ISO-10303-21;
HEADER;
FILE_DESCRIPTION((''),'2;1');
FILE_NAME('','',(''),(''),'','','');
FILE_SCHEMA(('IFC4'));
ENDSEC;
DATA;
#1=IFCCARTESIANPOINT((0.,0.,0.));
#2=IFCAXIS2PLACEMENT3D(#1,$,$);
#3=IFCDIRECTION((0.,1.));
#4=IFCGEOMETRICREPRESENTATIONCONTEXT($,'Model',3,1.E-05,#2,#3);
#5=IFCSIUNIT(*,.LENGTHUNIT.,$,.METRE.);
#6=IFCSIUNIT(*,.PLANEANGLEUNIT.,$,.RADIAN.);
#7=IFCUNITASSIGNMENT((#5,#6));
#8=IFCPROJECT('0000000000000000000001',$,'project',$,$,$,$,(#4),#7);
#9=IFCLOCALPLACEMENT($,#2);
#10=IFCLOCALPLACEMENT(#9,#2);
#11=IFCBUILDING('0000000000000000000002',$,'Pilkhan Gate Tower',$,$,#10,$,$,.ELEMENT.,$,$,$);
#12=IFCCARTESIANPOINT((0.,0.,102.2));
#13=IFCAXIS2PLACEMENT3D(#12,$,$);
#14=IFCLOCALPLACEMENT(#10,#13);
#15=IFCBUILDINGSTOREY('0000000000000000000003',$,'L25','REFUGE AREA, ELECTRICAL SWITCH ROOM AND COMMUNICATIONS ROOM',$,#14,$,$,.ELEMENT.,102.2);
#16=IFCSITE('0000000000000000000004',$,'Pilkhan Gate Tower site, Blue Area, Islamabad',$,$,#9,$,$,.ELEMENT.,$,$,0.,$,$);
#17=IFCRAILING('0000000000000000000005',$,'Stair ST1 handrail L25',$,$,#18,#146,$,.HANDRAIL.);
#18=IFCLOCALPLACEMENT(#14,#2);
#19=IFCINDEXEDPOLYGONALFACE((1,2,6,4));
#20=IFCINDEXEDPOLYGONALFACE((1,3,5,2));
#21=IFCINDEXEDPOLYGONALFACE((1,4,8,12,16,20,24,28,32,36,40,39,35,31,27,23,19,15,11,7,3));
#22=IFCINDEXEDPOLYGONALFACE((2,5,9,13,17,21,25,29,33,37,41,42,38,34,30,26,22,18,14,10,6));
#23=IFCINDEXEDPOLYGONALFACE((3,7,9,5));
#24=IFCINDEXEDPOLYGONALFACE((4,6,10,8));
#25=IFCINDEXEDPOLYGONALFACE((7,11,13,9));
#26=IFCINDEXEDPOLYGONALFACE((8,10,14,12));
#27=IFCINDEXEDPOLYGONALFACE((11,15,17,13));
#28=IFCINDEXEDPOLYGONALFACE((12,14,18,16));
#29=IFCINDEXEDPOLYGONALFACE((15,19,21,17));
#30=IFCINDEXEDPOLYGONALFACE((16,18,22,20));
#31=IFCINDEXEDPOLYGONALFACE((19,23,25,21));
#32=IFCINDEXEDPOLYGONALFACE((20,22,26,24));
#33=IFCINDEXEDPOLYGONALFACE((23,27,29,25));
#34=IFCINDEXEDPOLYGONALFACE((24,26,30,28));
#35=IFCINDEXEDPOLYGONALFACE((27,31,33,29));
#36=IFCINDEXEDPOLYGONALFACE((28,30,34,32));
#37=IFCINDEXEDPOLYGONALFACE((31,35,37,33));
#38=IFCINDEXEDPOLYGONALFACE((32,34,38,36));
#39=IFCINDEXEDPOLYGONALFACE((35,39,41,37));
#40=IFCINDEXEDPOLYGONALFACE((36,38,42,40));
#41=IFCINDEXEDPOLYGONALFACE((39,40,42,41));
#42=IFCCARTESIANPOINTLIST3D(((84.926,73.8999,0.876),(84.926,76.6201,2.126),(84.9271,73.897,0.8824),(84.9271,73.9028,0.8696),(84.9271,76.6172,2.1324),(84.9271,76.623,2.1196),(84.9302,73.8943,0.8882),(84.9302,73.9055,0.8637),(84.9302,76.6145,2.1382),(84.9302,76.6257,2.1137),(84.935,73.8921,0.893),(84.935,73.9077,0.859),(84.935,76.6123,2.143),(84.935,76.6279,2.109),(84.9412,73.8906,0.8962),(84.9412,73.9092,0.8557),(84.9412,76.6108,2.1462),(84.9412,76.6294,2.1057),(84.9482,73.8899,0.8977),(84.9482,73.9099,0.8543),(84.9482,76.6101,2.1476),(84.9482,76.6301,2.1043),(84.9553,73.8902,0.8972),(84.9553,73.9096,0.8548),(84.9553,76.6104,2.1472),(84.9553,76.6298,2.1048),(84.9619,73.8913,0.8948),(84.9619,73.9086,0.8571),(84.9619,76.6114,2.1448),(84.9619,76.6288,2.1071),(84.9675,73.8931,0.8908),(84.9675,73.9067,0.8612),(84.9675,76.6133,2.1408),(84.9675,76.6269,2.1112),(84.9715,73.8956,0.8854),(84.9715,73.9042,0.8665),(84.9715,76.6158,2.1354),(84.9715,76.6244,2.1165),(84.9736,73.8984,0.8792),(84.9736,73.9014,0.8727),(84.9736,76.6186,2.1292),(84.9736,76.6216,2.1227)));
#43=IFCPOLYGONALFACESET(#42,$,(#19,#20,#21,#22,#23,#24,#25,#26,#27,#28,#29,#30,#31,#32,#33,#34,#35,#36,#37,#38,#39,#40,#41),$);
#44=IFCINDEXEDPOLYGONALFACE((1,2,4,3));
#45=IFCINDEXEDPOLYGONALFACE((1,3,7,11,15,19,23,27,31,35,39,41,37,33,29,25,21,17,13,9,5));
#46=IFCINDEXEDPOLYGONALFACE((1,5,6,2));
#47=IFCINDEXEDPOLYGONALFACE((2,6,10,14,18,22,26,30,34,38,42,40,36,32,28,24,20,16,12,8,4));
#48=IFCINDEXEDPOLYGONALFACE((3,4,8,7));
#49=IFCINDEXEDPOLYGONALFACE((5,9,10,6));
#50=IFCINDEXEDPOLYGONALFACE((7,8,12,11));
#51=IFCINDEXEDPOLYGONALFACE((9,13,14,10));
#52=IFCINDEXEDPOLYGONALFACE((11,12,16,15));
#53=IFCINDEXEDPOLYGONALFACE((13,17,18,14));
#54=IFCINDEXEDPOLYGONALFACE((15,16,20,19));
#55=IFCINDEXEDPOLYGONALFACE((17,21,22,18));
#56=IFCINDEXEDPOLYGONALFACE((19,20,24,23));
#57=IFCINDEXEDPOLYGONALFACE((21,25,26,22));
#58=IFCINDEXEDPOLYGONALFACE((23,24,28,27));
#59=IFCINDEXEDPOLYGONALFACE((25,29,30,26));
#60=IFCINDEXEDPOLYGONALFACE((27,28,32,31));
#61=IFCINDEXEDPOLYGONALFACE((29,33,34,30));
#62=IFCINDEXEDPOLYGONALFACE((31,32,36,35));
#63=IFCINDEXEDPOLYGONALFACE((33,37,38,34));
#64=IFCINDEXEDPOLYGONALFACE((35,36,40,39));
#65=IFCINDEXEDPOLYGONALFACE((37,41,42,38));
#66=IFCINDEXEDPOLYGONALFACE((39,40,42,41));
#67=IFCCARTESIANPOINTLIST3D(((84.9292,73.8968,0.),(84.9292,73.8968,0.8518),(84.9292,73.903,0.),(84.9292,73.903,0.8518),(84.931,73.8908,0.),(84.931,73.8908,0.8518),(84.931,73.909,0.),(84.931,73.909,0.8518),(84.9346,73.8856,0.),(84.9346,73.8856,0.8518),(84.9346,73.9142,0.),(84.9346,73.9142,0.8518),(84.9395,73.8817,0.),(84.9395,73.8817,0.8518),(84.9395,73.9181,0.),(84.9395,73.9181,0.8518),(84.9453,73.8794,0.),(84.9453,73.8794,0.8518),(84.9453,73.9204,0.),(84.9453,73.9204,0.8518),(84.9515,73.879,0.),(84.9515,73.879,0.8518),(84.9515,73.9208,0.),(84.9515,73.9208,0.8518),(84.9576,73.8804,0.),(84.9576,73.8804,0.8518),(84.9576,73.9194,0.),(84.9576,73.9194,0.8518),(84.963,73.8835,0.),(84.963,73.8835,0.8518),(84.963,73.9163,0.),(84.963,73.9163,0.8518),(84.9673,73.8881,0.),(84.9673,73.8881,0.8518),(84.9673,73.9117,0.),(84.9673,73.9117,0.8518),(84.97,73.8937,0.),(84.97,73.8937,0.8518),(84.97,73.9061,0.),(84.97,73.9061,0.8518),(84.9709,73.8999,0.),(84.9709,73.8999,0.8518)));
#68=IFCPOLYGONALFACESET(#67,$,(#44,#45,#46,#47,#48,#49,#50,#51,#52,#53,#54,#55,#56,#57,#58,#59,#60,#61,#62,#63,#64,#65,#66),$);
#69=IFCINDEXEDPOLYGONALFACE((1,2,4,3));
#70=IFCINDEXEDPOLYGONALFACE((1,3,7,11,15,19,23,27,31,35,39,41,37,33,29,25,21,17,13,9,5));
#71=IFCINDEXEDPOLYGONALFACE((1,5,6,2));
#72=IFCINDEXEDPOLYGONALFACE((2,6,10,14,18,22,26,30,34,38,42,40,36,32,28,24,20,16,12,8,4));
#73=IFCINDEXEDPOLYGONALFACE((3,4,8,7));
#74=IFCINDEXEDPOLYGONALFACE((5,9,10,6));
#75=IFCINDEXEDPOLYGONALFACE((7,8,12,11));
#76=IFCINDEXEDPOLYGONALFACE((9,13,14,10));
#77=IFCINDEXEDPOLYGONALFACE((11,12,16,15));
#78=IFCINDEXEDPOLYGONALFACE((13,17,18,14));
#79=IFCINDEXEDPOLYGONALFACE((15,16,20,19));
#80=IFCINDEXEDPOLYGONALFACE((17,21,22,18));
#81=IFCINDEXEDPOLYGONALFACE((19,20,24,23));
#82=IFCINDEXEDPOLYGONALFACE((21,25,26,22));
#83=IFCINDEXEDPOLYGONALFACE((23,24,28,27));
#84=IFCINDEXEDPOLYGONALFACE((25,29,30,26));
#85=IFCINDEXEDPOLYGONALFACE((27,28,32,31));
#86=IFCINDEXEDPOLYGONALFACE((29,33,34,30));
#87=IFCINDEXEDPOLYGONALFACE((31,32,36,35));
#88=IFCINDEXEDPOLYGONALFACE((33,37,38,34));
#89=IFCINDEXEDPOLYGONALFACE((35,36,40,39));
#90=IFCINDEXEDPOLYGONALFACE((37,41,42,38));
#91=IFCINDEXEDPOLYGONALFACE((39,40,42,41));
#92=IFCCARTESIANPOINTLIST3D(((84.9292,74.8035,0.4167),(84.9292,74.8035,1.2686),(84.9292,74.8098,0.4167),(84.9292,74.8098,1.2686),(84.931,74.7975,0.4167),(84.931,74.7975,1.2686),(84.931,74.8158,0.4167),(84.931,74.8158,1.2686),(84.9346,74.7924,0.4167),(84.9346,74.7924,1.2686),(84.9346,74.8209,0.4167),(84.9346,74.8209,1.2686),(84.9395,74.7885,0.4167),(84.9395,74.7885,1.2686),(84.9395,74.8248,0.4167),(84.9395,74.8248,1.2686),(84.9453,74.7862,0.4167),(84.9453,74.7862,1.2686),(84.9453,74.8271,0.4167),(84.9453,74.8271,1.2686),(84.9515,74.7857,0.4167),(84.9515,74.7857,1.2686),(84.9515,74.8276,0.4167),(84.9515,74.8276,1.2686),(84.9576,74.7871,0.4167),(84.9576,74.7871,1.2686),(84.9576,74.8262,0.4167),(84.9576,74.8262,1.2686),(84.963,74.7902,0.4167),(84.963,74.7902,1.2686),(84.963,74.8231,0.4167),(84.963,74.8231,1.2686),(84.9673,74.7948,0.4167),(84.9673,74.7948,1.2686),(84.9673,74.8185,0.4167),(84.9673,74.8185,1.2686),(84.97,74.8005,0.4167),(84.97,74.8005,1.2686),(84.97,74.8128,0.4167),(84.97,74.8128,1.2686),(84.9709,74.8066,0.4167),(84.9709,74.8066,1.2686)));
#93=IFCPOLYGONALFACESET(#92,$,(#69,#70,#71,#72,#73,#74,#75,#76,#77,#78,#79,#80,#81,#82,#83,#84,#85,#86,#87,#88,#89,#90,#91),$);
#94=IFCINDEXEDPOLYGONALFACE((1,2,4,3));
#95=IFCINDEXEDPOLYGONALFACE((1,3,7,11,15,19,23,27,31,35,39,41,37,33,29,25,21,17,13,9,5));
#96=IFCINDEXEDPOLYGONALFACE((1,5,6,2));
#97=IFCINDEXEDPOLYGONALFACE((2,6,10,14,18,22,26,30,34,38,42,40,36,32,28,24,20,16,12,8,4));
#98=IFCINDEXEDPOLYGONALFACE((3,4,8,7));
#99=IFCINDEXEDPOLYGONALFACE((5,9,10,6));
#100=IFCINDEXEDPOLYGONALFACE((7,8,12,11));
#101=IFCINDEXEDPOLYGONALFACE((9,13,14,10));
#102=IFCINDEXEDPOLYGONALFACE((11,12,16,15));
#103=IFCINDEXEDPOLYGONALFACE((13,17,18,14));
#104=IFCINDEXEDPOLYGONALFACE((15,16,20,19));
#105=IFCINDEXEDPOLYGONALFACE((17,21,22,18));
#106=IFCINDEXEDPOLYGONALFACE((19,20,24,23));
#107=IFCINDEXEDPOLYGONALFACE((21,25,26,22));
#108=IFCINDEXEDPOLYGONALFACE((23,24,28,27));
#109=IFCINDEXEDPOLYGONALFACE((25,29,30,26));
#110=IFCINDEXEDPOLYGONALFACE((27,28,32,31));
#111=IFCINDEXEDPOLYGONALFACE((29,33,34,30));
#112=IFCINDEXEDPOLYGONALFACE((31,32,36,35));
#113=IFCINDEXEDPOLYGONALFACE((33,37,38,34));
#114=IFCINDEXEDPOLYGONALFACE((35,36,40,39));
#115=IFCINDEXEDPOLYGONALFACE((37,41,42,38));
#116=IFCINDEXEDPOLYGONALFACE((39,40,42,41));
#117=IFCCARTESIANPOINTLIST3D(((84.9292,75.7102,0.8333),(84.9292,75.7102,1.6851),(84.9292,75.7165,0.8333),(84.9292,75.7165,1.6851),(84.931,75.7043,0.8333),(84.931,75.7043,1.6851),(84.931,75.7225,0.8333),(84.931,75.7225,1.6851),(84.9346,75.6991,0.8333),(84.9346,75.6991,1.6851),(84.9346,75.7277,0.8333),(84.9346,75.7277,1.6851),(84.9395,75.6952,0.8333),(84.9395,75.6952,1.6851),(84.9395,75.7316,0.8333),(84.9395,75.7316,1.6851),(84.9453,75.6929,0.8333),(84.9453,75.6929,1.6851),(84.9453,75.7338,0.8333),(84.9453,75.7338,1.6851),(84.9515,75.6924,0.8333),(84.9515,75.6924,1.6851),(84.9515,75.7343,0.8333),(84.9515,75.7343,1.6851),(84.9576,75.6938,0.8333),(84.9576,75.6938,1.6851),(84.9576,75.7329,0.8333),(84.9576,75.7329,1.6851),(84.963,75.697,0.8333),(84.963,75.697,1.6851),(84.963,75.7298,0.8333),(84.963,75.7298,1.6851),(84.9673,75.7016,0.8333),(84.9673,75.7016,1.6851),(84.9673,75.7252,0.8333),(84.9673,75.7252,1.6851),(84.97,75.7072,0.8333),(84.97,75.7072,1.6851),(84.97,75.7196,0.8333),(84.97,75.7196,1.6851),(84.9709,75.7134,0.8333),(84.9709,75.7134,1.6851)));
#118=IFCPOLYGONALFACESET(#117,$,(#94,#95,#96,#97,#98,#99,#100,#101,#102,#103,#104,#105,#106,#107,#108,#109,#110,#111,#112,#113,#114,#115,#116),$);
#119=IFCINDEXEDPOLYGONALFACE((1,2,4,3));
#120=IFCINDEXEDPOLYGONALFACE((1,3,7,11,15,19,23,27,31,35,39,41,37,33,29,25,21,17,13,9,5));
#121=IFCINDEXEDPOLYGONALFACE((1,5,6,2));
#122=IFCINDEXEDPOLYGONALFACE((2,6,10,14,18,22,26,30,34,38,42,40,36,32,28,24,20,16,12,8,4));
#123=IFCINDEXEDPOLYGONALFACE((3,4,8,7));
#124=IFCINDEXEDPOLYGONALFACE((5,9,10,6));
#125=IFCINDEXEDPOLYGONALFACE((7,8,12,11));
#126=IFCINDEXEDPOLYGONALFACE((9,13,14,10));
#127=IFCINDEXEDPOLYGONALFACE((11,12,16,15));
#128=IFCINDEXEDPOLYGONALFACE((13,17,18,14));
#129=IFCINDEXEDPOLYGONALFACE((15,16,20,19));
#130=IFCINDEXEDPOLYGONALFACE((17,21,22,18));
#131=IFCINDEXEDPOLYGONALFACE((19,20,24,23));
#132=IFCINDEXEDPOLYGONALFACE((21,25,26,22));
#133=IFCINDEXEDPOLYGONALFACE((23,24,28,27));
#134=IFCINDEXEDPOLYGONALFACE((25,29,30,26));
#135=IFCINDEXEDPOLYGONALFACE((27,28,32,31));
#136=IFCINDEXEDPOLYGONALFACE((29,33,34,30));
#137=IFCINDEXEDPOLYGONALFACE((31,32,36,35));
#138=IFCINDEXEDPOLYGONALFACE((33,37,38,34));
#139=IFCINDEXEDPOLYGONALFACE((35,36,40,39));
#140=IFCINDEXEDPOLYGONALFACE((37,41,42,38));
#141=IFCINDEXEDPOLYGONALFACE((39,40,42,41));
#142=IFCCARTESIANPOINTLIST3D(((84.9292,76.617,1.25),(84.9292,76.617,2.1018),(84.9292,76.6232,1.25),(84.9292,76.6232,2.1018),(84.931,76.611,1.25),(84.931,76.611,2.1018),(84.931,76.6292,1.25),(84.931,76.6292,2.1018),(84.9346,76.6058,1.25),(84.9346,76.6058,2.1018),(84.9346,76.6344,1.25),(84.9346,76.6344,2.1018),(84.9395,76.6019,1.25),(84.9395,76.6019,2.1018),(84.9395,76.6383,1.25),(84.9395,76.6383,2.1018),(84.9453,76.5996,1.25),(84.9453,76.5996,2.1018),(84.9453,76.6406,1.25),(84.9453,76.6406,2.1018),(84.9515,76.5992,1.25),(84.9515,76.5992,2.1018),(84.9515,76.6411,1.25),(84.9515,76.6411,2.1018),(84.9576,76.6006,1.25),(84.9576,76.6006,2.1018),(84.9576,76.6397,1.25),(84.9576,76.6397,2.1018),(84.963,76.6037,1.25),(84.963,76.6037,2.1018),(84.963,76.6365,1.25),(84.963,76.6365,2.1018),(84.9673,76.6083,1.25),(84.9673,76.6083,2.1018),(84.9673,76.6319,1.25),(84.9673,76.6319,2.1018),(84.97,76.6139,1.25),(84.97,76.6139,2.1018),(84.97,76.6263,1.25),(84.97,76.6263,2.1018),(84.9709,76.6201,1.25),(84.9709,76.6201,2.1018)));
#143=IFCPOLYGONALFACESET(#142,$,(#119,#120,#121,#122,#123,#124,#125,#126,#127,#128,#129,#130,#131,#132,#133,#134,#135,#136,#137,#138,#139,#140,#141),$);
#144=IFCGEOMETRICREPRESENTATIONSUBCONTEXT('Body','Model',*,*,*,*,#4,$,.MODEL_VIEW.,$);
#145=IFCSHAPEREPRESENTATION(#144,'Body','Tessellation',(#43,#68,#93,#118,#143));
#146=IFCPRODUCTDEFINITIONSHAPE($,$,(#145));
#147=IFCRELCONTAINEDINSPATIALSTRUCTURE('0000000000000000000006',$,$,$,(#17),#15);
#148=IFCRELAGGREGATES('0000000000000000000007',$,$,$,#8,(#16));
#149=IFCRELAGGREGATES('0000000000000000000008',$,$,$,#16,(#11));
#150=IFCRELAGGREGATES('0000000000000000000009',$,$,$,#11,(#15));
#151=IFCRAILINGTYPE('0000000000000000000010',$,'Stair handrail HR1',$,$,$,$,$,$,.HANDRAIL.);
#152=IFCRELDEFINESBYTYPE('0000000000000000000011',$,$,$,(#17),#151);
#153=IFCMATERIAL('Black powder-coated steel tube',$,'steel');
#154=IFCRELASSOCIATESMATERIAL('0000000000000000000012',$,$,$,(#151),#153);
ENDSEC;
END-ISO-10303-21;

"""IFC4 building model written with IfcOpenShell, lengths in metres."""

from ifc_helpers import new_model, si_unit, direction, frame, origin, origin_2d, place, context, subcontext, project, spatial, circle, extrude, material, type_object, element, save


model = new_model("IFC4")

# Units and contexts
model_context = context("Model", 3, precision=1e-05, world=origin(), true_north=direction((0.0, 1.0)))
body_context = subcontext(model_context, "Body", "Model", "MODEL_VIEW")
ifc_project = project(units=[si_unit("LENGTHUNIT", "METRE"), si_unit("PLANEANGLEUNIT", "RADIAN")], contexts=[model_context])

# Site, building, storey
site_placement = place(None, origin())
site = spatial("IfcSite", under=ifc_project, at=site_placement, Name="Pilkhan Gate Tower site, Blue Area, Islamabad", CompositionType="ELEMENT", RefElevation=0.0)
building_placement = place(site_placement, origin())
building = spatial("IfcBuilding", under=site, at=building_placement, Name="Pilkhan Gate Tower", CompositionType="ELEMENT")
storey_placement = place(building_placement, frame((0.0, 0.0, 102.2)))
storey = spatial("IfcBuildingStorey", under=building, at=storey_placement, Name="L25", Description="REFUGE AREA, ELECTRICAL SWITCH ROOM AND COMMUNICATIONS ROOM", CompositionType="ELEMENT", Elevation=102.2)

# Railing
ifc_material_1 = material(Name="Black powder-coated steel tube", Category="steel")
railing_type_1 = type_object("IfcRailingType", Name="Stair handrail HR1", PredefinedType="HANDRAIL", material=ifc_material_1)
railing_1_placement = place(storey_placement, frame((84.95, 73.8999, 0.0)))
element("IfcRailing", 1, at=railing_1_placement, inside=storey, type_object=railing_type_1, Name="Stair ST1 handrail L25", PredefinedType="HANDRAIL", context=body_context, shape_type="SweptSolid", body=[
    extrude(circle(Radius=0.0239, at=origin_2d()), frame((0.0, 0.0, 0.876), z_axis=(0.0, 0.908655, 0.417547), x_axis=(-1.0, 0.0, 0.0)), (0.0, 0.0, 1.0), 2.9937),
    extrude(circle(Radius=0.021, at=origin_2d()), origin(), (0.0, 0.0, 1.0), 0.8518),
    extrude(circle(Radius=0.021, at=origin_2d()), frame((0.0, 0.9067, 0.4167)), (0.0, 0.0, 1.0), 0.8518),
    extrude(circle(Radius=0.021, at=origin_2d()), frame((0.0, 1.8135, 0.8333)), (0.0, 0.0, 1.0), 0.8518),
    extrude(circle(Radius=0.021, at=origin_2d()), frame((0.0, 2.7202, 1.25)), (0.0, 0.0, 1.0), 0.8518),
])

save(model, "model.ifc")
